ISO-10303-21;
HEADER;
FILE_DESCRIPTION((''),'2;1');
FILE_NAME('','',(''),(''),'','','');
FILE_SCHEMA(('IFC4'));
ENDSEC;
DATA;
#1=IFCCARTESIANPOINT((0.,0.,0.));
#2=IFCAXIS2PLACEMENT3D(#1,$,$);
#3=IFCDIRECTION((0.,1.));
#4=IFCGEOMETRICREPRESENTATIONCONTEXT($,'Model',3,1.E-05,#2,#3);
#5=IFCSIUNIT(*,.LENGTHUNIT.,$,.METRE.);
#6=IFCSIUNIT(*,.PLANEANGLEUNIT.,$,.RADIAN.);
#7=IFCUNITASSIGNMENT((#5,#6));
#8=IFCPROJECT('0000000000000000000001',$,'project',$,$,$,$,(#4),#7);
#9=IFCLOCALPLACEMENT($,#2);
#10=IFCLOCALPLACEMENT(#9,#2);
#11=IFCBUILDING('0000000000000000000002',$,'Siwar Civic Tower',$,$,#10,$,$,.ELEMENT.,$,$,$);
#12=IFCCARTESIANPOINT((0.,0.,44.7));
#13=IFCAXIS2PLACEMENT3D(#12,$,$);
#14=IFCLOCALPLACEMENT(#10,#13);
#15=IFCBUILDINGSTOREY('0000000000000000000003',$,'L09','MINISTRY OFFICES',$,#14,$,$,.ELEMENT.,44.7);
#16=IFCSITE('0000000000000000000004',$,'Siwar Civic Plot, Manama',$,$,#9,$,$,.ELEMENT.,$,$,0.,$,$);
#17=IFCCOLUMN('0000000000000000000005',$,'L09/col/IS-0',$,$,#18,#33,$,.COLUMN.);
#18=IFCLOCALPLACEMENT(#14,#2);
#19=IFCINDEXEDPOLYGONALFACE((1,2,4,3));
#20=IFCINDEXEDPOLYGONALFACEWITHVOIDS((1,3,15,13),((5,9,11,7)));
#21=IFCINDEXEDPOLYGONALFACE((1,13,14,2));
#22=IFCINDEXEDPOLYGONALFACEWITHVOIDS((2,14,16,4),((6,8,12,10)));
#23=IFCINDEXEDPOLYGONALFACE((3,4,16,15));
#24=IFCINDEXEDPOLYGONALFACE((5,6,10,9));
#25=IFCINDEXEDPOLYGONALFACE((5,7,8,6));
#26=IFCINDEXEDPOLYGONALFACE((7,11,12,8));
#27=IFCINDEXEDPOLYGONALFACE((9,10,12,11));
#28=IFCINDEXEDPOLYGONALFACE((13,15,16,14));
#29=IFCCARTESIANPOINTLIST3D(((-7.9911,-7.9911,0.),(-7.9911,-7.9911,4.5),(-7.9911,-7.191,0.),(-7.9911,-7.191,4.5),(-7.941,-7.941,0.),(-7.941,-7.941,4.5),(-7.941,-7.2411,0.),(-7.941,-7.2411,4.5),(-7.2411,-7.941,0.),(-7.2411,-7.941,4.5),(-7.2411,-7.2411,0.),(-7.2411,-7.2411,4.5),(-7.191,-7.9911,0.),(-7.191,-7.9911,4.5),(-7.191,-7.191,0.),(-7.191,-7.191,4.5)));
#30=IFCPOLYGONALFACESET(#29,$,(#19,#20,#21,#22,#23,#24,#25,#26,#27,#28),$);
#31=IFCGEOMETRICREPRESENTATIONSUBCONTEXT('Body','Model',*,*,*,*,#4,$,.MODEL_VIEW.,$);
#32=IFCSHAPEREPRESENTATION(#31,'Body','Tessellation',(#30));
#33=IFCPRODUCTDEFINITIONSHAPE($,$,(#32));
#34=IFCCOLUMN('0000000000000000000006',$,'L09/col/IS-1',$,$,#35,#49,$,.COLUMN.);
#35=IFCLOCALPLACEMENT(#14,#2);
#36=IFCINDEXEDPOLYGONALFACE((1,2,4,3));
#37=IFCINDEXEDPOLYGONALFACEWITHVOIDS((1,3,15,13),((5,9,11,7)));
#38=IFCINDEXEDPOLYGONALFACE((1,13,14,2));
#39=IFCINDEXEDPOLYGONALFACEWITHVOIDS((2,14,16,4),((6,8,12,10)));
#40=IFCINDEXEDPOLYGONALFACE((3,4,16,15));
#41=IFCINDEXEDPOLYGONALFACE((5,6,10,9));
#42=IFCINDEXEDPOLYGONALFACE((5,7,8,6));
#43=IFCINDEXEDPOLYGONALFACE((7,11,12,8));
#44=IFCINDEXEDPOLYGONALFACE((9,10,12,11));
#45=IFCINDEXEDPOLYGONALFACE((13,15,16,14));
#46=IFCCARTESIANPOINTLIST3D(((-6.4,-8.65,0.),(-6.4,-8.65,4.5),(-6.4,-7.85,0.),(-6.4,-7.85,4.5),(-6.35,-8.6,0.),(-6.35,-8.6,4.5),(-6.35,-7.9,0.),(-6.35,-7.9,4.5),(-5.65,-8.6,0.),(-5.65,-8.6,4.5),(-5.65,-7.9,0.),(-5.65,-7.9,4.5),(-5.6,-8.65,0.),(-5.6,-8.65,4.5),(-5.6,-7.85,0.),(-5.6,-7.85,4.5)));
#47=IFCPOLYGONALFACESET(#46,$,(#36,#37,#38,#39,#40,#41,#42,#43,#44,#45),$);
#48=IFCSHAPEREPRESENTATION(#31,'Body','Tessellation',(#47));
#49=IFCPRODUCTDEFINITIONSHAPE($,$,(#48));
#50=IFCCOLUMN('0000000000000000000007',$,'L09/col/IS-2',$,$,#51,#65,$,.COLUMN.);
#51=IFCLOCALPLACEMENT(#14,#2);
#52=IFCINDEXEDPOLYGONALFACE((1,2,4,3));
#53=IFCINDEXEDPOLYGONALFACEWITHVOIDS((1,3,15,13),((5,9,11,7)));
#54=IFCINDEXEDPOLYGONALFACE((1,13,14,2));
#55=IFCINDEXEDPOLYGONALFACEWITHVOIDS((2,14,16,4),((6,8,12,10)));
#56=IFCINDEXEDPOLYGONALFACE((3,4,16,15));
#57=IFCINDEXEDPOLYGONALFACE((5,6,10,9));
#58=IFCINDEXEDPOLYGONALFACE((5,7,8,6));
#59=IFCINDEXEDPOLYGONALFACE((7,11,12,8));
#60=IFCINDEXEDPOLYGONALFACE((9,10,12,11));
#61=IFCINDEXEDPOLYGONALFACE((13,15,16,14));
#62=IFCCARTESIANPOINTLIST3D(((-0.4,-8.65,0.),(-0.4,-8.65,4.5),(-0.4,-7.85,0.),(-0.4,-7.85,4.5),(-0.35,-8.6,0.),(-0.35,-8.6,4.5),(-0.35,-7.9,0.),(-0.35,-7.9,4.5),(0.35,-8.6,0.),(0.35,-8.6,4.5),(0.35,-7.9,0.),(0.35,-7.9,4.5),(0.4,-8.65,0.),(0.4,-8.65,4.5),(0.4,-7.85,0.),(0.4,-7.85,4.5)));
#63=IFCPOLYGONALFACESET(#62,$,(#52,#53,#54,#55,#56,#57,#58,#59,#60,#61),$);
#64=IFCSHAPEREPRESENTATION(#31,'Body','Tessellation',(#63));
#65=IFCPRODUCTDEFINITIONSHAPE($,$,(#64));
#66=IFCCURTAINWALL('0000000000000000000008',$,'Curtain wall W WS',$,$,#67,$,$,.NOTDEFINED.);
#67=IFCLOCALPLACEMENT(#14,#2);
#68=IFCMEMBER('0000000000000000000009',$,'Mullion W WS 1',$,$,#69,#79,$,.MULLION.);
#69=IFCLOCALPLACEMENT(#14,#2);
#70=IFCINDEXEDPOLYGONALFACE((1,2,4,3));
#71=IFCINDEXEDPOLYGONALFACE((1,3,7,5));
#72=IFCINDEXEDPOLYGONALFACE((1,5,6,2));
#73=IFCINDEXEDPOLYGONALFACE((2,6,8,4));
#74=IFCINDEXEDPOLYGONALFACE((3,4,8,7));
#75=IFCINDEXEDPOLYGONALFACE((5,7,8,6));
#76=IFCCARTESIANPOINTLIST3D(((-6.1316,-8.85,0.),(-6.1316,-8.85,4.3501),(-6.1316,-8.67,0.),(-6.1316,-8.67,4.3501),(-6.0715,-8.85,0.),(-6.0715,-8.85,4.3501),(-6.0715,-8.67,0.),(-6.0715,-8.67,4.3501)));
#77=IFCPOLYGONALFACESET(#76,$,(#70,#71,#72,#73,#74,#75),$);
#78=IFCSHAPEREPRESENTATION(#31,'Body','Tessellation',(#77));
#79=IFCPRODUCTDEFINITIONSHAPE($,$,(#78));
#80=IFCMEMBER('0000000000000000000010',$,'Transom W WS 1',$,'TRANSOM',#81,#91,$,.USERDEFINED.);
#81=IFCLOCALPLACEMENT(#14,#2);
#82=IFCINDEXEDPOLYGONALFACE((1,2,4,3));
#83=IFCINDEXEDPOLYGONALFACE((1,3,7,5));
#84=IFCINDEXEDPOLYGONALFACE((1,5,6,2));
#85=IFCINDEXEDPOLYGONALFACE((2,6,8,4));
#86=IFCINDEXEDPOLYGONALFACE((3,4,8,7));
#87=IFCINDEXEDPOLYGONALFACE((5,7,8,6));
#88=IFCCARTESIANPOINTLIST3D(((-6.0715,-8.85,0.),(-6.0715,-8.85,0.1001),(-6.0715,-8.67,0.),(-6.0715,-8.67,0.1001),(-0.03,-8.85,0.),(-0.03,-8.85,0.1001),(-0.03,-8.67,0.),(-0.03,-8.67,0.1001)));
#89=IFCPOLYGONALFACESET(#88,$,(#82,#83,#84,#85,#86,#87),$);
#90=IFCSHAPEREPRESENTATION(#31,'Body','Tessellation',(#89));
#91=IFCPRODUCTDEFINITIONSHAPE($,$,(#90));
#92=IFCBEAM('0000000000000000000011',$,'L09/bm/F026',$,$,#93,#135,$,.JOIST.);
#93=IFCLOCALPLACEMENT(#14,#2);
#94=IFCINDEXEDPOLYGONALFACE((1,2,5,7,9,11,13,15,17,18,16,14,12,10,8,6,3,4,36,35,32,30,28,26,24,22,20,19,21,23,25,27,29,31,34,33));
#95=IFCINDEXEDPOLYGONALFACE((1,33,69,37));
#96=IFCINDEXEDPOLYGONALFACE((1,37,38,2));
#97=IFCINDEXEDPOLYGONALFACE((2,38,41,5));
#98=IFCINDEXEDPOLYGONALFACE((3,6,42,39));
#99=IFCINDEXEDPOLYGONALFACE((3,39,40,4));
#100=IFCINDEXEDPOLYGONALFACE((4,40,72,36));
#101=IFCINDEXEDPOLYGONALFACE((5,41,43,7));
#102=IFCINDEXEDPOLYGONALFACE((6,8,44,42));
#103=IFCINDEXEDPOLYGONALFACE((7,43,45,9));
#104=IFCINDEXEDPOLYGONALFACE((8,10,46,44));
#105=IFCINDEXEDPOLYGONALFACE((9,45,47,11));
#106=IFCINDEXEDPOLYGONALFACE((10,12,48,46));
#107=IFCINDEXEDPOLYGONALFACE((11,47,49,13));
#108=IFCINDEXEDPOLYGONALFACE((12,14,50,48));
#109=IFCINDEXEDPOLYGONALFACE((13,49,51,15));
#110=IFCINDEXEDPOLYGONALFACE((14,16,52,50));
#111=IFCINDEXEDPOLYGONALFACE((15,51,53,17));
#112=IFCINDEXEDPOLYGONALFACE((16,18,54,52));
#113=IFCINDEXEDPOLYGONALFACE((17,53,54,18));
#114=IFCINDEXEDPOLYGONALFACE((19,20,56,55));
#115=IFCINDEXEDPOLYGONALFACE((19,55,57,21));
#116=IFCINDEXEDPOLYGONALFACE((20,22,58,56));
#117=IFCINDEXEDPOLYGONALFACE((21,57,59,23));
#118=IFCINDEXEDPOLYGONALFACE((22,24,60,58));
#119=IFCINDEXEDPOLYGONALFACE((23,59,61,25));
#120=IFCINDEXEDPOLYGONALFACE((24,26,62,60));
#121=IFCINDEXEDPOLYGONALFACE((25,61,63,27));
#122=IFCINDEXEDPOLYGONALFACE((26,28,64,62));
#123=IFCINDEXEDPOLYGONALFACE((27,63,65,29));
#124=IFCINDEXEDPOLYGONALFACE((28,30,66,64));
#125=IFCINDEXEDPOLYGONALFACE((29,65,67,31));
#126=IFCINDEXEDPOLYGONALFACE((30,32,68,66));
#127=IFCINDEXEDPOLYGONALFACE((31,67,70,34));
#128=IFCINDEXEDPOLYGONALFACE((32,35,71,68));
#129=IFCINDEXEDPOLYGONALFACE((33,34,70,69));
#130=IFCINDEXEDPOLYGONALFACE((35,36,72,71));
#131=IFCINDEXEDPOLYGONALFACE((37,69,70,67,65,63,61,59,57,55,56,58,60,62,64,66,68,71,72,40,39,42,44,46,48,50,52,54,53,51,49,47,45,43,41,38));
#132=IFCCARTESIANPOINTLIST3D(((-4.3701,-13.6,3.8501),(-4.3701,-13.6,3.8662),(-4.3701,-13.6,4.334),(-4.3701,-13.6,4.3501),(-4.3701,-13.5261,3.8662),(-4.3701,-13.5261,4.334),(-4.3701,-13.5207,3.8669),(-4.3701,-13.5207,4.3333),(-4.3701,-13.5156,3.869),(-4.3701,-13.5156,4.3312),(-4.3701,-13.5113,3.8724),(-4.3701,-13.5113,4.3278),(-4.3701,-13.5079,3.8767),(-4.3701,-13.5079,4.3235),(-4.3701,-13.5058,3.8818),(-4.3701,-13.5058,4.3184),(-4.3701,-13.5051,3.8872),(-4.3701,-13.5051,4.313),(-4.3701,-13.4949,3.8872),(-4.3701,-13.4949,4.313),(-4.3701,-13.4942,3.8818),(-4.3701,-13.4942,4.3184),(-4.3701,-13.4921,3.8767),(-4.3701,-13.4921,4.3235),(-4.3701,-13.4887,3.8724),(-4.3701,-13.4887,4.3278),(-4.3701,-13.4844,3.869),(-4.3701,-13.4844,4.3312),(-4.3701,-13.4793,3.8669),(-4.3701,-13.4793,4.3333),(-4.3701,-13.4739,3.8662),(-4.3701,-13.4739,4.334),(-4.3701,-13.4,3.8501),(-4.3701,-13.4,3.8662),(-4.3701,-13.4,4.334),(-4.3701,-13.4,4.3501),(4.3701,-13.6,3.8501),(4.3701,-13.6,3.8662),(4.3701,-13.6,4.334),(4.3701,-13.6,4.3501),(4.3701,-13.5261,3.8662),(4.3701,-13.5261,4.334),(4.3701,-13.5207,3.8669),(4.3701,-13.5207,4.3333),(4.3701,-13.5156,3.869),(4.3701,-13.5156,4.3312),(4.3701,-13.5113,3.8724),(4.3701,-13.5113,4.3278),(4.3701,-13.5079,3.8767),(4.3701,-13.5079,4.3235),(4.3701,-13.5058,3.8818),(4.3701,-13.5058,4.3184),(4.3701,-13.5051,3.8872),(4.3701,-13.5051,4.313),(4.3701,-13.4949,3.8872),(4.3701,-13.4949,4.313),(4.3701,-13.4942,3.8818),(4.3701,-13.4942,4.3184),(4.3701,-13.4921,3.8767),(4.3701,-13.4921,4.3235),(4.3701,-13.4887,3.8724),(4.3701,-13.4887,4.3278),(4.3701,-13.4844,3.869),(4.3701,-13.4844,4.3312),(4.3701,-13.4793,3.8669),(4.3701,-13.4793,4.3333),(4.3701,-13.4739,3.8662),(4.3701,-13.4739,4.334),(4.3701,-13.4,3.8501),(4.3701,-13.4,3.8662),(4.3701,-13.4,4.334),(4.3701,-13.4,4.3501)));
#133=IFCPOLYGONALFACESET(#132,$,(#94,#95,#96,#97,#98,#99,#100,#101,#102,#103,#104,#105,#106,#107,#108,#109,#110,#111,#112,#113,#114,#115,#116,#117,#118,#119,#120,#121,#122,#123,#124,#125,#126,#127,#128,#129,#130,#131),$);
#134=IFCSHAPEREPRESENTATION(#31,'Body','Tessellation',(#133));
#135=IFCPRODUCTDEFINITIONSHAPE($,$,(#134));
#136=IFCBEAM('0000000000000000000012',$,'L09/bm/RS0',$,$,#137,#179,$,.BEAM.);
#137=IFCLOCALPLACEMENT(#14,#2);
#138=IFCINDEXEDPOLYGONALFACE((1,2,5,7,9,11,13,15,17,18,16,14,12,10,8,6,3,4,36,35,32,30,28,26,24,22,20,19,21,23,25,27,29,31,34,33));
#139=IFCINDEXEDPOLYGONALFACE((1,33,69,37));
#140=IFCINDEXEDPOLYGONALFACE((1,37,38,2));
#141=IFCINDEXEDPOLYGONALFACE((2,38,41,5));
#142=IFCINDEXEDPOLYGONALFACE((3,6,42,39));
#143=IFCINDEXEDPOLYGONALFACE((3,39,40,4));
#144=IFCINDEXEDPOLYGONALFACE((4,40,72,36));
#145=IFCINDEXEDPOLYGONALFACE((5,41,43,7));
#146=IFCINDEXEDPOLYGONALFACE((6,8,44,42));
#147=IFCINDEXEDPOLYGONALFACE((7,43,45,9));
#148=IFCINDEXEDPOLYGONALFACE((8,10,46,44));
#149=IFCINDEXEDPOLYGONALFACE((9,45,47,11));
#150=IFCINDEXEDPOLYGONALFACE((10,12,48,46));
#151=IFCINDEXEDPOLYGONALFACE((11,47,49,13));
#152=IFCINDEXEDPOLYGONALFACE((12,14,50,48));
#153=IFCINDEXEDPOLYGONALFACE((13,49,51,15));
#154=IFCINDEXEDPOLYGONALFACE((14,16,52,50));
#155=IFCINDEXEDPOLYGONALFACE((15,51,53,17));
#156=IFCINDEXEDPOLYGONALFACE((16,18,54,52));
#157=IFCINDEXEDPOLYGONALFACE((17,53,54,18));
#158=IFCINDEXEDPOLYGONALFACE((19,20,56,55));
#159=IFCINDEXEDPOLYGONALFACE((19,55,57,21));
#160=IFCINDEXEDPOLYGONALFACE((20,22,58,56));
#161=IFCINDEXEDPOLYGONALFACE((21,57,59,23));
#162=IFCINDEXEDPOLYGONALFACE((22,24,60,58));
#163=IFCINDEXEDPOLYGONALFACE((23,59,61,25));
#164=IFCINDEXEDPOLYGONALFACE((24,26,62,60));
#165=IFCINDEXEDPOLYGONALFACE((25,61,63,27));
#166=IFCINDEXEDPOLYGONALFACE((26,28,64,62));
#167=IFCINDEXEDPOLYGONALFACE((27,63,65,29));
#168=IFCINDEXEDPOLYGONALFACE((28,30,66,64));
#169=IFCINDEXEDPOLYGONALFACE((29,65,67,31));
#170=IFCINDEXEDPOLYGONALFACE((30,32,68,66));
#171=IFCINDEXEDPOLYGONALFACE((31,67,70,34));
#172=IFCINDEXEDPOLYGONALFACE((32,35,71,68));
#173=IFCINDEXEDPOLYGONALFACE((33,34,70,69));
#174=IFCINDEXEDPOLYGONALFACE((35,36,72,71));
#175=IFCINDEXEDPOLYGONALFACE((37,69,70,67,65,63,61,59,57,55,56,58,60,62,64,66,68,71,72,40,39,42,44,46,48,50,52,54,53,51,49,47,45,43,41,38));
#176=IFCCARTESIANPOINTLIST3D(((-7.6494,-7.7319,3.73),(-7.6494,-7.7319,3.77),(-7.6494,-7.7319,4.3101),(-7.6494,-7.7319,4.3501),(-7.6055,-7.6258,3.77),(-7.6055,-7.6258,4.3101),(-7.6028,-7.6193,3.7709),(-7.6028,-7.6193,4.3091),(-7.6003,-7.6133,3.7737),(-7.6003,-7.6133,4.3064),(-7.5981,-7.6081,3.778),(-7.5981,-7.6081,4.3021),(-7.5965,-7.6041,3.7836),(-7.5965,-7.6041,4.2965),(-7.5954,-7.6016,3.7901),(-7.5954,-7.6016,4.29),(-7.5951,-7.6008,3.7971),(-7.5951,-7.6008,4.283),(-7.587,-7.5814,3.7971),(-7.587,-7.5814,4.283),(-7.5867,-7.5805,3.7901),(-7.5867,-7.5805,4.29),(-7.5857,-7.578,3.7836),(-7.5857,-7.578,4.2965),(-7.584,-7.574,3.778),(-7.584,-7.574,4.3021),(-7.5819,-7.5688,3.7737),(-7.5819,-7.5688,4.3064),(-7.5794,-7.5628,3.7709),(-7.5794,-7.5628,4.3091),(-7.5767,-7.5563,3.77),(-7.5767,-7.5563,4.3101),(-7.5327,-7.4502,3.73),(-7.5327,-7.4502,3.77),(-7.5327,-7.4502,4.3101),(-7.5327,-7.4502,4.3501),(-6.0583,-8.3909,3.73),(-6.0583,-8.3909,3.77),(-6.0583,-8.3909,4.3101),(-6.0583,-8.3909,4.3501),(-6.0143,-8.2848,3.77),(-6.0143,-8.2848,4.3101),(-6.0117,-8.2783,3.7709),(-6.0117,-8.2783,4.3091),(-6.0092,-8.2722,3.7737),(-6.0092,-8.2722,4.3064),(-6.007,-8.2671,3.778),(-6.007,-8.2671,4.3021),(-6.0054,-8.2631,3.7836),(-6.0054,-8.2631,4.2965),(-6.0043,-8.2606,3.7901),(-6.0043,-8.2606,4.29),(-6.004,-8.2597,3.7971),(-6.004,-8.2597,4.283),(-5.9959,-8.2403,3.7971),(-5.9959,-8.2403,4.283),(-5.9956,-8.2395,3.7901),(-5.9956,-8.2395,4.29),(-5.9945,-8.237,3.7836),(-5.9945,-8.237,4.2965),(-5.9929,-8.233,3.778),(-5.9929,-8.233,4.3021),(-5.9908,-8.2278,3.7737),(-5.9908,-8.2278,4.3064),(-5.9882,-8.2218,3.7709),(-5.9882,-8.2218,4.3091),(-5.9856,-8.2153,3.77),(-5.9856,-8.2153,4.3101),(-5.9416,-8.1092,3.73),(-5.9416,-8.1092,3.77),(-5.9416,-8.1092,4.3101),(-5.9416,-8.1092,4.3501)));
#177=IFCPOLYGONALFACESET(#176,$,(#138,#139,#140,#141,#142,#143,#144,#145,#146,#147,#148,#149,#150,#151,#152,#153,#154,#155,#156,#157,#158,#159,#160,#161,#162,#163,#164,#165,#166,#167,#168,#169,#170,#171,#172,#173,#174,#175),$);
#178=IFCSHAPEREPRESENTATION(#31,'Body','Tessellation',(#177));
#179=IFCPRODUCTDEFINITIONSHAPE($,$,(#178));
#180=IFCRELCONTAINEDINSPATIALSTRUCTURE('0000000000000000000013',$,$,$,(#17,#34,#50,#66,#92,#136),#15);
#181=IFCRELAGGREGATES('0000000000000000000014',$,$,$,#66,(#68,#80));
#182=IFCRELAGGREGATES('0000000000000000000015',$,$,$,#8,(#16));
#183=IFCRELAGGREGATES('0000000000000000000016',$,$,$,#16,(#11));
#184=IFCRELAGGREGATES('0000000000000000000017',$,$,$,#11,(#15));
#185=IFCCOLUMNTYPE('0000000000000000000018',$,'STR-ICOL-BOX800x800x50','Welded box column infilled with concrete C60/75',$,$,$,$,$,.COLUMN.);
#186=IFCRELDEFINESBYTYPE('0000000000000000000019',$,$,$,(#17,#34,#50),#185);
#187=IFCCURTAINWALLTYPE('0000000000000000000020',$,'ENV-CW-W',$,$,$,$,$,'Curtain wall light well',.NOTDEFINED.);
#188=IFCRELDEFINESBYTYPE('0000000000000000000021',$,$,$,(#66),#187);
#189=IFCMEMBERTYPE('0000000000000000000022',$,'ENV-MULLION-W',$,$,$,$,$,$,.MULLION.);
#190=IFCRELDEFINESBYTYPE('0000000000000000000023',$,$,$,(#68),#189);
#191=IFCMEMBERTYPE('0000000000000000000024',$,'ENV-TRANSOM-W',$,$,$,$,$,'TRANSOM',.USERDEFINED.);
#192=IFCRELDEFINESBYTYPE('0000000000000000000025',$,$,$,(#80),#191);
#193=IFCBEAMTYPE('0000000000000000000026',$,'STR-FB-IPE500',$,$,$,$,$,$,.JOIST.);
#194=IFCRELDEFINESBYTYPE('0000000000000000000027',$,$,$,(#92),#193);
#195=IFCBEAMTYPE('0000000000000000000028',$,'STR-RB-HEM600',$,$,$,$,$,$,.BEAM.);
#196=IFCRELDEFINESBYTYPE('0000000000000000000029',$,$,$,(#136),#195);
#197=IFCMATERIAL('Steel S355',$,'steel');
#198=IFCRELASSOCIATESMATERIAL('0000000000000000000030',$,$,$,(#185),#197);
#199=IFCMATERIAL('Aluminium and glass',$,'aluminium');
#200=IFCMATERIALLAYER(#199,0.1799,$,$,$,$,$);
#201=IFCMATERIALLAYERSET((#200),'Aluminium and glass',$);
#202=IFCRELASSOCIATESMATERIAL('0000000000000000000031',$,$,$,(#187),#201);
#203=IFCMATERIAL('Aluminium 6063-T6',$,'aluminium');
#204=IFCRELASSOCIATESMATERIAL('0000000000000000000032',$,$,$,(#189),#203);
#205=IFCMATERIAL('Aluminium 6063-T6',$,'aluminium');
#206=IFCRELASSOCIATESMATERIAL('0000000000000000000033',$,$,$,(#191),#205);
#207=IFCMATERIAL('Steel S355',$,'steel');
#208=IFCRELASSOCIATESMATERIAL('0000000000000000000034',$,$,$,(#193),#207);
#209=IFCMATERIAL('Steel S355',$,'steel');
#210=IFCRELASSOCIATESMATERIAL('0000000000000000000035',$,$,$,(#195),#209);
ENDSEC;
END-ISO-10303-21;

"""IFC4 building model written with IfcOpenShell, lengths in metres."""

from ifc_helpers import new_model, si_unit, direction, frame, origin, origin_2d, place, context, subcontext, project, spatial, rectangle, hollow_rectangle, i_section, extrude, material, layer, layer_set, material_profile, profile_set, type_object, element, aggregate, save


model = new_model("IFC4")

# Units and contexts
model_context = context("Model", 3, precision=1e-05, world=origin(), true_north=direction((0.0, 1.0)))
body_context = subcontext(model_context, "Body", "Model", "MODEL_VIEW")
ifc_project = project(units=[si_unit("LENGTHUNIT", "METRE"), si_unit("PLANEANGLEUNIT", "RADIAN")], contexts=[model_context])

# Site, building, storey
site_placement = place(None, origin())
site = spatial("IfcSite", under=ifc_project, at=site_placement, Name="Siwar Civic Plot, Manama", CompositionType="ELEMENT", RefElevation=0.0)
building_placement = place(site_placement, origin())
building = spatial("IfcBuilding", under=site, at=building_placement, Name="Siwar Civic Tower", CompositionType="ELEMENT")
storey_placement = place(building_placement, frame((0.0, 0.0, 44.7)))
storey = spatial("IfcBuildingStorey", under=building, at=storey_placement, Name="L09", Description="MINISTRY OFFICES", CompositionType="ELEMENT", Elevation=44.7)

# Columns
ifc_material_1 = material(Name="Steel S355", Category="steel")
ifc_material_profile_1 = material_profile(ifc_material_1, hollow_rectangle(XDim=0.8, YDim=0.8, WallThickness=0.05, at=origin_2d()), Name="BOX800x800x50")
ifc_profile_set_1 = profile_set([ifc_material_profile_1], Name="Steel S355")
column_type = type_object("IfcColumnType", Name="STR-ICOL-BOX800x800x50", Description="Welded box column infilled with concrete C60/75", PredefinedType="COLUMN", material=ifc_profile_set_1)
for number, where, z_axis, x_axis, name in (
    (1, (-7.5911, -7.5911, 0.0), (0.0, 0.0, 1.0), (1.0, 0.0, 0.0), "L09/col/IS-0"),
    (2, (-6.0, -8.25, 0.0), (0.0, 0.0, 1.0), (1.0, 0.0, 0.0), "L09/col/IS-1"),
    (3, (0.0, -8.25, 0.0), (0.0, 0.0, 1.0), (1.0, 0.0, 0.0), "L09/col/IS-2"),
):
    element("IfcColumn", number, at=place(storey_placement, frame(where, z_axis=z_axis, x_axis=x_axis)), inside=storey, type_object=column_type, Name=name, PredefinedType="COLUMN", context=body_context, shape_type="SweptSolid", body=[
        extrude(hollow_rectangle(XDim=0.8, YDim=0.8, WallThickness=0.05, at=origin_2d()), origin(), (0.0, 0.0, 1.0), 4.5),
    ])

# Curtain wall, members
ifc_material_2 = material(Name="Aluminium and glass", Category="aluminium")
ifc_layer_1 = layer(ifc_material_2, 0.1799)
ifc_layer_set_1 = layer_set([ifc_layer_1], Name="Aluminium and glass")
curtain_wall_type = type_object("IfcCurtainWallType", Name="ENV-CW-W", ElementType="Curtain wall light well", PredefinedType="NOTDEFINED", material=ifc_layer_set_1)
curtain_wall_placement = place(storey_placement, origin())
curtain_wall = element("IfcCurtainWall", 4, at=curtain_wall_placement, inside=storey, type_object=curtain_wall_type, Name="Curtain wall W WS", PredefinedType="NOTDEFINED")
ifc_material_3 = material(Name="Aluminium 6063-T6", Category="aluminium")
ifc_material_profile_2 = material_profile(ifc_material_3, rectangle(XDim=0.1799, YDim=0.0601, at=origin_2d()), Name="AL 180x60")
ifc_profile_set_2 = profile_set([ifc_material_profile_2], Name="Aluminium 6063-T6")
member_type_1 = type_object("IfcMemberType", Name="ENV-MULLION-W", PredefinedType="MULLION", material=ifc_profile_set_2)
member_1_placement = place(storey_placement, frame((-6.1016, -8.76, 0.0), z_axis=(0.0, 0.0, 1.0), x_axis=(0.0, 1.0, 0.0)))
member_1 = element("IfcMember", 5, at=member_1_placement, type_object=member_type_1, Name="Mullion W WS 1", PredefinedType="MULLION", context=body_context, shape_type="SweptSolid", body=[
    extrude(rectangle(XDim=0.1799, YDim=0.0601, at=origin_2d()), origin(), (0.0, 0.0, 1.0), 4.3501),
])
ifc_material_4 = material(Name="Aluminium 6063-T6", Category="aluminium")
ifc_material_profile_3 = material_profile(ifc_material_4, rectangle(XDim=0.1799, YDim=0.1001, at=origin_2d()), Name="AL 180x100")
ifc_profile_set_3 = profile_set([ifc_material_profile_3], Name="Aluminium 6063-T6")
member_type_2 = type_object("IfcMemberType", Name="ENV-TRANSOM-W", ElementType="TRANSOM", PredefinedType="USERDEFINED", material=ifc_profile_set_3)
member_2_placement = place(storey_placement, frame((-6.0715, -8.76, 0.05), z_axis=(1.0, 0.0, 0.0), x_axis=(0.0, 1.0, 0.0)))
member_2 = element("IfcMember", 6, at=member_2_placement, type_object=member_type_2, Name="Transom W WS 1", ObjectType="TRANSOM", PredefinedType="USERDEFINED", context=body_context, shape_type="SweptSolid", body=[
    extrude(rectangle(XDim=0.1799, YDim=0.1001, at=origin_2d()), origin(), (0.0, 0.0, 1.0), 6.0415),
])

# Beams
ifc_material_5 = material(Name="Steel S355", Category="steel")
ifc_material_profile_4 = material_profile(ifc_material_5, i_section(OverallWidth=0.2, OverallDepth=0.5, WebThickness=0.0103, FlangeThickness=0.0161, FilletRadius=0.021, at=origin_2d()), Name="IPE500")
ifc_profile_set_4 = profile_set([ifc_material_profile_4], Name="Steel S355")
beam_type_1 = type_object("IfcBeamType", Name="STR-FB-IPE500", PredefinedType="JOIST", material=ifc_profile_set_4)
beam_1_placement = place(storey_placement, frame((-4.3701, -13.5, 4.1001), z_axis=(1.0, 0.0, 0.0), x_axis=(0.0, 1.0, 0.0)))
element("IfcBeam", 7, at=beam_1_placement, inside=storey, type_object=beam_type_1, Name="L09/bm/F026", PredefinedType="JOIST", context=body_context, shape_type="SweptSolid", body=[
    extrude(i_section(OverallWidth=0.2, OverallDepth=0.5, WebThickness=0.0103, FlangeThickness=0.0161, FilletRadius=0.021, at=origin_2d()), origin(), (0.0, 0.0, 1.0), 8.7402),
])
ifc_material_6 = material(Name="Steel S355", Category="steel")
ifc_material_profile_5 = material_profile(ifc_material_6, i_section(OverallWidth=0.3049, OverallDepth=0.6201, WebThickness=0.021, FlangeThickness=0.04, FilletRadius=0.0271, at=origin_2d()), Name="HEM600")
ifc_profile_set_5 = profile_set([ifc_material_profile_5], Name="Steel S355")
beam_type_2 = type_object("IfcBeamType", Name="STR-RB-HEM600", PredefinedType="BEAM", material=ifc_profile_set_5)
beam_2_placement = place(storey_placement, frame((-7.5911, -7.5911, 4.04), z_axis=(0.923901, -0.382631, 0.0), x_axis=(0.382631, 0.923901, 0.0)))
element("IfcBeam", 8, at=beam_2_placement, inside=storey, type_object=beam_type_2, Name="L09/bm/RS0", PredefinedType="BEAM", context=body_context, shape_type="SweptSolid", body=[
    extrude(i_section(OverallWidth=0.3049, OverallDepth=0.6201, WebThickness=0.021, FlangeThickness=0.04, FilletRadius=0.0271, at=origin_2d()), origin(), (0.0, 0.0, 1.0), 1.7222),
])

aggregate(curtain_wall, [member_1, member_2])

save(model, "model.ifc")
